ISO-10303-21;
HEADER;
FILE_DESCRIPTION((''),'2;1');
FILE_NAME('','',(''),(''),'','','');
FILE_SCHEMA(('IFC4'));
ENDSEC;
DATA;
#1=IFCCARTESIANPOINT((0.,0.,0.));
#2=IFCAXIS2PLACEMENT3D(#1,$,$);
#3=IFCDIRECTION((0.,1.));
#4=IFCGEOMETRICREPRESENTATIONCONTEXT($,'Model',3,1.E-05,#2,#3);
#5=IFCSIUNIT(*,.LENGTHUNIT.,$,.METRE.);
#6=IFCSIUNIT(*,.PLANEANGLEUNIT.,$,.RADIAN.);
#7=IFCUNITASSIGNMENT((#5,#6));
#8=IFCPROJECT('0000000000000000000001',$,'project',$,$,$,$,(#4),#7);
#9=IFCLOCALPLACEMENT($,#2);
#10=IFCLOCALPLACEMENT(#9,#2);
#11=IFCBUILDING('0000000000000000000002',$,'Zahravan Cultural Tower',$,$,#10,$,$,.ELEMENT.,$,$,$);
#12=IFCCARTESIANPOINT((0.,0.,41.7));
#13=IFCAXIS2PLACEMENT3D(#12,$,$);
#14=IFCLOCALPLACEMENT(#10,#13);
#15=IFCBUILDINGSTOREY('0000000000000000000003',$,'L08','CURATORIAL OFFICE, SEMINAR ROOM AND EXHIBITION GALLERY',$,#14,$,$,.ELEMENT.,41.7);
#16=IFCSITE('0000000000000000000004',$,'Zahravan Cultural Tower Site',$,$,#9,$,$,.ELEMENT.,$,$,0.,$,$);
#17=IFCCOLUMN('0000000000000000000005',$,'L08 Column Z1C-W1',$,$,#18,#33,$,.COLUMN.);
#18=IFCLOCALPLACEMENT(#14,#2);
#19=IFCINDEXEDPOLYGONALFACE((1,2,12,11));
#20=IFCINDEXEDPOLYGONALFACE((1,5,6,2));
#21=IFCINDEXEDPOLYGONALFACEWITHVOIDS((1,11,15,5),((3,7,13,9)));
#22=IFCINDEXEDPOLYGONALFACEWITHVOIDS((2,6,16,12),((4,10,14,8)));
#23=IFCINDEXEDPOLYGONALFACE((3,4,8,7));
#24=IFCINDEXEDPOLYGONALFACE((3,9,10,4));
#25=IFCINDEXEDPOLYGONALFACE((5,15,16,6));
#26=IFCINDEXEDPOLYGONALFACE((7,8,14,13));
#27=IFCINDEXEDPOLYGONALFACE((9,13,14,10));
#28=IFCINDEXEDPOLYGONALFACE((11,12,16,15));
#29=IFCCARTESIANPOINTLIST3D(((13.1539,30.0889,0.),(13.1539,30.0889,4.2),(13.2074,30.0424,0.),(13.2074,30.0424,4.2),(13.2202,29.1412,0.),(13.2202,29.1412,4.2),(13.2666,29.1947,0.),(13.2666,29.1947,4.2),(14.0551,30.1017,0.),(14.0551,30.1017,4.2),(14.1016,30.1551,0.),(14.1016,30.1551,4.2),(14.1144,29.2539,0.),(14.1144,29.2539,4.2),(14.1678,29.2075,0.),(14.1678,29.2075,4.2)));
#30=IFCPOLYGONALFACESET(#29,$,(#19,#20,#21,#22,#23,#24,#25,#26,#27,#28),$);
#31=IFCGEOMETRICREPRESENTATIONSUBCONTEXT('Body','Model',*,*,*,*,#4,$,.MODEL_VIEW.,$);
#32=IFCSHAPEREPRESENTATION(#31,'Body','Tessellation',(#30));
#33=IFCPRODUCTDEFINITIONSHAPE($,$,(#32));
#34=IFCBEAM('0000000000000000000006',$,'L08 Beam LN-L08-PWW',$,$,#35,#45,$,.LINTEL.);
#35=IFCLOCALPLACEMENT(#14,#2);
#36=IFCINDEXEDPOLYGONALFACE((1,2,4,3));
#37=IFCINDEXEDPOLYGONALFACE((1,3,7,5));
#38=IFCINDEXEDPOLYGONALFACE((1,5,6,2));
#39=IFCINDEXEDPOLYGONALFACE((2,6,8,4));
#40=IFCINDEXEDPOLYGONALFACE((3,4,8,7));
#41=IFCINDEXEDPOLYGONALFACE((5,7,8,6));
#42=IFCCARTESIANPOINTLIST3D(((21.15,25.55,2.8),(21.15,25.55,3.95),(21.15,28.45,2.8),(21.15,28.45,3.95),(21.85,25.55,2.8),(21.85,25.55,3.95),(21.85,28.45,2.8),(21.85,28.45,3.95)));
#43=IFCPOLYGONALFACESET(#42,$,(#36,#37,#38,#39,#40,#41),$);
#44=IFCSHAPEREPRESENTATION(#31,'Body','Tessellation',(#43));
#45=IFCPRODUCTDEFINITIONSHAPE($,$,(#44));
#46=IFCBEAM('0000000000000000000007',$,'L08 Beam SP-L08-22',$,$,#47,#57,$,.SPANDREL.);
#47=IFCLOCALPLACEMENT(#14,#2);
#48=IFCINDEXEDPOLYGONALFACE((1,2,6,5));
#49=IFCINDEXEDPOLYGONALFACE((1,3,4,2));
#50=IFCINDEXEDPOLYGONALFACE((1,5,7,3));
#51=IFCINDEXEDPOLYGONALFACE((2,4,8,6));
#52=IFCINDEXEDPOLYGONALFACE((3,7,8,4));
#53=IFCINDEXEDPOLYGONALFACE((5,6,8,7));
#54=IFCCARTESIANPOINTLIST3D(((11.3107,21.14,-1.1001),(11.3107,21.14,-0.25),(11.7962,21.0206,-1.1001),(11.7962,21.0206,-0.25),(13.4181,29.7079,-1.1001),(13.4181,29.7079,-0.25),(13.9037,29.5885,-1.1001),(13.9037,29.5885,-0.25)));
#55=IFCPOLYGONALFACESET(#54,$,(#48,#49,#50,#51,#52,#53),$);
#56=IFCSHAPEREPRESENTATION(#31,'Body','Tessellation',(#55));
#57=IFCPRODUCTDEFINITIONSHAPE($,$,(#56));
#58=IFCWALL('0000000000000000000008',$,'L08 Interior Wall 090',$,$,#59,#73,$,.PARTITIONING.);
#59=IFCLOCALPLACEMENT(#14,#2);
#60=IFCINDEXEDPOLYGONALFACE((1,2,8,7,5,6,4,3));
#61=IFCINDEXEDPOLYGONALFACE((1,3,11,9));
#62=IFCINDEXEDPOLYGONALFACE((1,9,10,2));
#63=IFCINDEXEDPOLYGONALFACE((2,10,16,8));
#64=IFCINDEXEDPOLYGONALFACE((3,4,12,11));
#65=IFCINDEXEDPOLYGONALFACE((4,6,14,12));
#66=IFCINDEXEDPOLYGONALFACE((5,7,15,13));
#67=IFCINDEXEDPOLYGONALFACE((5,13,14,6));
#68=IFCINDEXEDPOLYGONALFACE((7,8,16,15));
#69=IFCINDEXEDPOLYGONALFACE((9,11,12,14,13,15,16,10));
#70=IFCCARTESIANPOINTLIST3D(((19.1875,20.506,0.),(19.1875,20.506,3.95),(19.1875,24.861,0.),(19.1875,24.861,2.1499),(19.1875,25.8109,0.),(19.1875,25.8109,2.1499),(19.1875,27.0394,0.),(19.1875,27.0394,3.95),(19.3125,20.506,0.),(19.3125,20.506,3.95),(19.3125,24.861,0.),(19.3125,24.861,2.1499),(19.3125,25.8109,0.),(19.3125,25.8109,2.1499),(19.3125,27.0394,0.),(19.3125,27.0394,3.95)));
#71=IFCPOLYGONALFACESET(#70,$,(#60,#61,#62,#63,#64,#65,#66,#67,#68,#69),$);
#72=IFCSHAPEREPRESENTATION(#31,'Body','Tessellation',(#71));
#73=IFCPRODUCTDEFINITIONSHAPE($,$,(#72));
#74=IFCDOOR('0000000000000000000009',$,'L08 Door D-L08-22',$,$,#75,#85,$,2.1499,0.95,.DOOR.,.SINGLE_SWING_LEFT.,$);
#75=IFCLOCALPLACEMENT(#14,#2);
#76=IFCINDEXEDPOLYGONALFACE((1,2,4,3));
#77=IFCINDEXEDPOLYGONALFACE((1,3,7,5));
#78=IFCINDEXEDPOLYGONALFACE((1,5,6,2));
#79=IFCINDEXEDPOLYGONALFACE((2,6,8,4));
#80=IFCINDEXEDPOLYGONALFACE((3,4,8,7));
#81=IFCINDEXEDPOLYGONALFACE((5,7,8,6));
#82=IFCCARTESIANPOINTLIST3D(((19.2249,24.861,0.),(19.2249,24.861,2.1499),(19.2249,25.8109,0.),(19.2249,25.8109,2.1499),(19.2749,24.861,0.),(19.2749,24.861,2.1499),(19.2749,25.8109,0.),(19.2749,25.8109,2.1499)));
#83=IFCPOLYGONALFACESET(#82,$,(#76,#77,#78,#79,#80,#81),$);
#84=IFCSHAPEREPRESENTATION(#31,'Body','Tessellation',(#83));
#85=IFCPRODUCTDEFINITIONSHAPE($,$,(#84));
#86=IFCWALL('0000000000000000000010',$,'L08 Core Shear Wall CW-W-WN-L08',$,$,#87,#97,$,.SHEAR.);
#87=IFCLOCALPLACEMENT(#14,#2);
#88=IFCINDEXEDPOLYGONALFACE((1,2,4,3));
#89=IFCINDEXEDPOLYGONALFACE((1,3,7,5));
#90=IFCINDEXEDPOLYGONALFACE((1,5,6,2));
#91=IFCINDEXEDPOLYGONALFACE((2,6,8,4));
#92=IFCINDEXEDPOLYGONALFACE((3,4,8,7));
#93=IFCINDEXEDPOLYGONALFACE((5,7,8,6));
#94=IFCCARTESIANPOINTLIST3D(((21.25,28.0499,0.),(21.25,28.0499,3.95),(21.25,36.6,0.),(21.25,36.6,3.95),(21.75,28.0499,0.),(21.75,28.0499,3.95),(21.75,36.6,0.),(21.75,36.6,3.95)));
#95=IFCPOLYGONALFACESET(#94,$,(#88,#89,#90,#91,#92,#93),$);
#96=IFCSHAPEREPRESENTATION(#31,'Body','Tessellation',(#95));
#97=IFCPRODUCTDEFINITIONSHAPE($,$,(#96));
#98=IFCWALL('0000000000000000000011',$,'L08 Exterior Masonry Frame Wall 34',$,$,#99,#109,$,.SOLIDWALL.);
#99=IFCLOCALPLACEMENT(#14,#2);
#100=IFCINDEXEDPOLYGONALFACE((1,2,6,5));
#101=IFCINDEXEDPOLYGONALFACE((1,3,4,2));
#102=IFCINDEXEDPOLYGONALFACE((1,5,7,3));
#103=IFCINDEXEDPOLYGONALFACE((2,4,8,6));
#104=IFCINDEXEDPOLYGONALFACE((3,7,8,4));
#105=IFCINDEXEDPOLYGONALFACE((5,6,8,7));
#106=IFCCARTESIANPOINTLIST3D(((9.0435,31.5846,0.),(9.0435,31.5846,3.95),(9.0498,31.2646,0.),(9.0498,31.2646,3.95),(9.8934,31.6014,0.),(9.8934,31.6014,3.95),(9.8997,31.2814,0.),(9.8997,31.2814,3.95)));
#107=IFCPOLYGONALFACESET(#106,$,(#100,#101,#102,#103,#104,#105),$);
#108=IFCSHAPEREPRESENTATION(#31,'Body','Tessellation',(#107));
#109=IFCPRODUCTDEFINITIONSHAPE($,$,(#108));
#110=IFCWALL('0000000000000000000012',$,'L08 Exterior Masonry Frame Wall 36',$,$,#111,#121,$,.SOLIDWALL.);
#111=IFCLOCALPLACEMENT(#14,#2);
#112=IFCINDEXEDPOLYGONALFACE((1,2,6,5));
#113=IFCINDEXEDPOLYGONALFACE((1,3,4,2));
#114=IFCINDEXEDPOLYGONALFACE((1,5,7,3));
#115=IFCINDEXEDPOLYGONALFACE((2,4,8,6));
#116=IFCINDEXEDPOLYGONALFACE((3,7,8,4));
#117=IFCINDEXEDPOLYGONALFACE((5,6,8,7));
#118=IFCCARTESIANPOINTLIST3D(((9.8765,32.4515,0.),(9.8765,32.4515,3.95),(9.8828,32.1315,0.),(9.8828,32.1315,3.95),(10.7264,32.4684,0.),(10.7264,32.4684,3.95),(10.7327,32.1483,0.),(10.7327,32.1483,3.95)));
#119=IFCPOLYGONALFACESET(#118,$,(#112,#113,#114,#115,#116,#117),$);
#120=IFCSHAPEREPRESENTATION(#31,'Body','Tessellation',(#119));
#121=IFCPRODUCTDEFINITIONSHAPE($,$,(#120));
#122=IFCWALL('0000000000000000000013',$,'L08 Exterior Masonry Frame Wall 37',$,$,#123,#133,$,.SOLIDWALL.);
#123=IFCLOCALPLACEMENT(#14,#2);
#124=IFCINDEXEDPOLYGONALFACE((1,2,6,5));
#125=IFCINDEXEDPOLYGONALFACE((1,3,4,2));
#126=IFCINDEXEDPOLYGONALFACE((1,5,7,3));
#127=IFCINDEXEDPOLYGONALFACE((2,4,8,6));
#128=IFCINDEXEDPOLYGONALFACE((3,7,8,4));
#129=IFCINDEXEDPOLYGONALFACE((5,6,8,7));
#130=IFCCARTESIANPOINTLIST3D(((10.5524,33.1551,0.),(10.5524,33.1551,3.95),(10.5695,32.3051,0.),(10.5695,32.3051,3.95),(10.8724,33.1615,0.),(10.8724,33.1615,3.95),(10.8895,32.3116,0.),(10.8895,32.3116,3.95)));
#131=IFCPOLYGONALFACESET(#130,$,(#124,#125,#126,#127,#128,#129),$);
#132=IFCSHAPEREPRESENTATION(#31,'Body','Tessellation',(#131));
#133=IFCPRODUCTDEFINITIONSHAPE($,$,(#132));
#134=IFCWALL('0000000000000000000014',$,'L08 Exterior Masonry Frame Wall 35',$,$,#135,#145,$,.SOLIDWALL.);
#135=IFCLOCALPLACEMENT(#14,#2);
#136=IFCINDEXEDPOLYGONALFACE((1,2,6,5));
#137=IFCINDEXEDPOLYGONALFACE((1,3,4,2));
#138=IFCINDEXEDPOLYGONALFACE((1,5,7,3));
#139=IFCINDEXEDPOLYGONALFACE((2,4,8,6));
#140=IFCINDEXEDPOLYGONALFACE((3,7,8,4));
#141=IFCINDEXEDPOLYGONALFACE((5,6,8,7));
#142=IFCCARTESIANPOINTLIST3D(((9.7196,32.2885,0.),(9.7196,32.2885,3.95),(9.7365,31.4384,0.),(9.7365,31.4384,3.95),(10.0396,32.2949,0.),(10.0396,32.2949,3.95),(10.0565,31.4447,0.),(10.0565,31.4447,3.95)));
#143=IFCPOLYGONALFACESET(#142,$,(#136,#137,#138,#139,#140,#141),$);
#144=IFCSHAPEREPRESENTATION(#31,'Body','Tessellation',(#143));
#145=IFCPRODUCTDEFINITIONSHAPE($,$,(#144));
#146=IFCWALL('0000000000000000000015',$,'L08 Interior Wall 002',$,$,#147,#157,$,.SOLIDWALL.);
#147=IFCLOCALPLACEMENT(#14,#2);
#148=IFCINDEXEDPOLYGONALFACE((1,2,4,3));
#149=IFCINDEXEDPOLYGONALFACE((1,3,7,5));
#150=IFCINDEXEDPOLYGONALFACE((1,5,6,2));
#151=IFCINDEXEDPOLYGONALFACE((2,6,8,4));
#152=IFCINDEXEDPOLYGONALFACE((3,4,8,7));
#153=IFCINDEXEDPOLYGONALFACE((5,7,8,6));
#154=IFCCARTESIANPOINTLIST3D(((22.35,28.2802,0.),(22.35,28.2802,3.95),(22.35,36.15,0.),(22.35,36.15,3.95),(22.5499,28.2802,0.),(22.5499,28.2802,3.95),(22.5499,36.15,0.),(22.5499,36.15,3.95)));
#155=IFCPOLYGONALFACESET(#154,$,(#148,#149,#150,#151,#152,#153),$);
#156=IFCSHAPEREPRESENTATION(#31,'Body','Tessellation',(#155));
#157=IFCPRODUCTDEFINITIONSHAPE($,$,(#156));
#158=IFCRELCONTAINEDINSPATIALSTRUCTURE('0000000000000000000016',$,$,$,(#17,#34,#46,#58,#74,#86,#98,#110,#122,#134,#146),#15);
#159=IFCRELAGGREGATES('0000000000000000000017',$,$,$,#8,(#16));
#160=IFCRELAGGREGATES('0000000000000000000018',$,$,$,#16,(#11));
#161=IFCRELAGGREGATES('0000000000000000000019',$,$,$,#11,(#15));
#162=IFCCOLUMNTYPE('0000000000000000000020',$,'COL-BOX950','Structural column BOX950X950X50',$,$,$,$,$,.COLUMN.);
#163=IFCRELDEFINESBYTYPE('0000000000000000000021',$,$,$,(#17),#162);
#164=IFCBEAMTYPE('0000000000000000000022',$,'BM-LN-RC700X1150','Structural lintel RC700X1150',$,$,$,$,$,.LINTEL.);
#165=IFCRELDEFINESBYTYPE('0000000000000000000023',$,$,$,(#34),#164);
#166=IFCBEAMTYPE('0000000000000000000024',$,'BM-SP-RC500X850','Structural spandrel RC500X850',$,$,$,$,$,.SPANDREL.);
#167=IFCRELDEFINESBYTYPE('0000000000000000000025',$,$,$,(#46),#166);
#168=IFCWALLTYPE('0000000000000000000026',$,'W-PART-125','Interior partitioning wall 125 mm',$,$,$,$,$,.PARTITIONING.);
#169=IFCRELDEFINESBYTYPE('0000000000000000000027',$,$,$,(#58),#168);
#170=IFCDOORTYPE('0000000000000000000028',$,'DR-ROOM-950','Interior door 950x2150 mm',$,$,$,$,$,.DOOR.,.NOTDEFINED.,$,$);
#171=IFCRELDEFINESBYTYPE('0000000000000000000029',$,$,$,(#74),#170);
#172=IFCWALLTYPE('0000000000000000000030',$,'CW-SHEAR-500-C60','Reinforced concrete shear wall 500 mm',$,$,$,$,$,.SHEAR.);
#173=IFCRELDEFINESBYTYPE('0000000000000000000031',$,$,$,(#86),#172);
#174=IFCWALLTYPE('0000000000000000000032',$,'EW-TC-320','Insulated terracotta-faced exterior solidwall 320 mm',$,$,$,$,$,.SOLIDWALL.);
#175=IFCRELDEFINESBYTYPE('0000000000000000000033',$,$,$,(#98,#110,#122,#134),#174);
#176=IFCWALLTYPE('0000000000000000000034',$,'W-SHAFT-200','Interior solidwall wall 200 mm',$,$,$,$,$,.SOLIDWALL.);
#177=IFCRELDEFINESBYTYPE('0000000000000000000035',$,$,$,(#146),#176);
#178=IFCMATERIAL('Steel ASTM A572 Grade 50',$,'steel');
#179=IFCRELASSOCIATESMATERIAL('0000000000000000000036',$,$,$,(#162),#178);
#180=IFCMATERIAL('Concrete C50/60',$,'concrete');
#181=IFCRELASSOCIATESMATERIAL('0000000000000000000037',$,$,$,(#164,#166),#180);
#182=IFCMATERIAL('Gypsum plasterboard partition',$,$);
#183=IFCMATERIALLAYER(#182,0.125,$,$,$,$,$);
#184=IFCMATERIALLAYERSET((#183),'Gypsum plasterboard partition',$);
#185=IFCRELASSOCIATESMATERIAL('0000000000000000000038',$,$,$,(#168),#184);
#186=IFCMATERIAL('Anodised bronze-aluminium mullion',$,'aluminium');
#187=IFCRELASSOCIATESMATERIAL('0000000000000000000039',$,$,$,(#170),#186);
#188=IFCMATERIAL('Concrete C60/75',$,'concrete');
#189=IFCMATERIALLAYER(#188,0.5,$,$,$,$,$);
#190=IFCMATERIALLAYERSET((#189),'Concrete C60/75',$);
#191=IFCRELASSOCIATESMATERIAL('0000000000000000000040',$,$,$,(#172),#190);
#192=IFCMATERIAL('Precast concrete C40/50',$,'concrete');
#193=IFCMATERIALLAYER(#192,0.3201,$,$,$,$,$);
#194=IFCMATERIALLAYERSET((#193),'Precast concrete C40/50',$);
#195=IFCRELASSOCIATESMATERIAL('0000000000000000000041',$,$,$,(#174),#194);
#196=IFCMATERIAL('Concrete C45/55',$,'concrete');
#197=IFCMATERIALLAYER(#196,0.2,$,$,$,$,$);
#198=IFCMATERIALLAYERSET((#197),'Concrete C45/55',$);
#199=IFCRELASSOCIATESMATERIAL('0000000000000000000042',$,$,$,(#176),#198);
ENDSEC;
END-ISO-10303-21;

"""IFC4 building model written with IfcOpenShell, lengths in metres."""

from ifc_helpers import new_model, si_unit, direction, frame, frame_2d, origin, origin_2d, place, context, subcontext, project, spatial, rectangle, hollow_rectangle, extrude, source, transform, mapped, material, layer, layer_set, material_profile, profile_set, type_object, element, fill, save


model = new_model("IFC4")

# Units and contexts
model_context = context("Model", 3, precision=1e-05, world=origin(), true_north=direction((0.0, 1.0)))
body_context = subcontext(model_context, "Body", "Model", "MODEL_VIEW")
ifc_project = project(units=[si_unit("LENGTHUNIT", "METRE"), si_unit("PLANEANGLEUNIT", "RADIAN")], contexts=[model_context])

# Site, building, storey
site_placement = place(None, origin())
site = spatial("IfcSite", under=ifc_project, at=site_placement, Name="Zahravan Cultural Tower Site", CompositionType="ELEMENT", RefElevation=0.0)
building_placement = place(site_placement, origin())
building = spatial("IfcBuilding", under=site, at=building_placement, Name="Zahravan Cultural Tower", CompositionType="ELEMENT")
storey_placement = place(building_placement, frame((0.0, 0.0, 41.7)))
storey = spatial("IfcBuildingStorey", under=building, at=storey_placement, Name="L08", Description="CURATORIAL OFFICE, SEMINAR ROOM AND EXHIBITION GALLERY", CompositionType="ELEMENT", Elevation=41.7)

# Column
ifc_material_1 = material(Name="Steel ASTM A572 Grade 50", Category="steel")
ifc_material_profile_1 = material_profile(ifc_material_1, hollow_rectangle(XDim=0.95, YDim=0.95, WallThickness=0.05, at=origin_2d()), Name="BOX950X950X50")
ifc_profile_set_1 = profile_set([ifc_material_profile_1], Name="Steel ASTM A572 Grade 50")
column_type = type_object("IfcColumnType", Name="COL-BOX950", Description="Structural column BOX950X950X50", PredefinedType="COLUMN", material=ifc_profile_set_1)
shared_shape_1 = source(origin(), body_context, "Body", "SweptSolid", [
    extrude(hollow_rectangle(XDim=0.95, YDim=0.95, WallThickness=0.05, at=origin_2d()), origin(), (0.0, 0.0, 1.0), 4.2),
])
column_placement = place(storey_placement, frame((13.6609, 29.6482, 0.0), z_axis=(0.0, 0.0, 1.0), x_axis=(0.997564, 0.069756, 0.0)))
element("IfcColumn", 1, at=column_placement, inside=storey, type_object=column_type, Name="L08 Column Z1C-W1", PredefinedType="COLUMN", context=body_context, shape_type="MappedRepresentation", body=[
    mapped(shared_shape_1, transform((0.0, 0.0, 0.0), x_axis=(1.0, 0.0, 0.0), y_axis=(0.0, 1.0, 0.0), z_axis=(0.0, 0.0, 1.0), scale=1.0)),
])

# Beams
ifc_material_2 = material(Name="Concrete C50/60", Category="concrete")
ifc_material_profile_2 = material_profile(ifc_material_2, rectangle(XDim=0.7, YDim=1.1499, at=origin_2d()), Name="RC700X1150")
ifc_profile_set_2 = profile_set([ifc_material_profile_2], Name="Concrete C50/60")
beam_type_1 = type_object("IfcBeamType", Name="BM-LN-RC700X1150", Description="Structural lintel RC700X1150", PredefinedType="LINTEL", material=ifc_profile_set_2)
shared_shape_2 = source(origin(), body_context, "Body", "SweptSolid", [
    extrude(rectangle(XDim=0.7, YDim=1.1499, at=origin_2d()), origin(), (0.0, 0.0, 1.0), 2.8999),
])
beam_1_placement = place(storey_placement, frame((21.5, 25.55, 3.375), z_axis=(0.0, 1.0, 0.0), x_axis=(-1.0, 0.0, 0.0)))
element("IfcBeam", 2, at=beam_1_placement, inside=storey, type_object=beam_type_1, Name="L08 Beam LN-L08-PWW", PredefinedType="LINTEL", context=body_context, shape_type="MappedRepresentation", body=[
    mapped(shared_shape_2, transform((0.0, 0.0, 0.0), x_axis=(1.0, 0.0, 0.0), y_axis=(0.0, 1.0, 0.0), z_axis=(0.0, 0.0, 1.0), scale=1.0)),
])
ifc_material_profile_3 = material_profile(ifc_material_2, rectangle(XDim=0.5, YDim=0.8501, at=origin_2d()), Name="RC500X850")
ifc_profile_set_3 = profile_set([ifc_material_profile_3], Name="Concrete C50/60")
beam_type_2 = type_object("IfcBeamType", Name="BM-SP-RC500X850", Description="Structural spandrel RC500X850", PredefinedType="SPANDREL", material=ifc_profile_set_3)
shared_shape_3 = source(origin(), body_context, "Body", "SweptSolid", [
    extrude(rectangle(XDim=0.5, YDim=0.8501, at=origin_2d()), origin(), (0.0, 0.0, 1.0), 8.8232),
])
beam_2_placement = place(storey_placement, frame((13.6609, 29.6482, -0.675), z_axis=(-0.238849, -0.971057, 0.0), x_axis=(0.971057, -0.238849, 0.0)))
element("IfcBeam", 3, at=beam_2_placement, inside=storey, type_object=beam_type_2, Name="L08 Beam SP-L08-22", PredefinedType="SPANDREL", context=body_context, shape_type="MappedRepresentation", body=[
    mapped(shared_shape_3, transform((0.0, 0.0, 0.0), x_axis=(1.0, 0.0, 0.0), y_axis=(0.0, 1.0, 0.0), z_axis=(0.0, 0.0, 1.0), scale=1.0)),
])

# Wall, opening, door
ifc_material_3 = material(Name="Gypsum plasterboard partition")
ifc_layer_1 = layer(ifc_material_3, 0.125)
ifc_layer_set_1 = layer_set([ifc_layer_1], Name="Gypsum plasterboard partition")
wall_type_1 = type_object("IfcWallType", Name="W-PART-125", Description="Interior partitioning wall 125 mm", PredefinedType="PARTITIONING", material=ifc_layer_set_1)
wall_1_placement = place(storey_placement, frame((19.25, 27.0393, 0.0), z_axis=(0.0, 0.0, 1.0), x_axis=(0.0, -1.0, 0.0)))
wall_1 = element("IfcWall", 4, at=wall_1_placement, inside=storey, type_object=wall_type_1, Name="L08 Interior Wall 090", PredefinedType="PARTITIONING", context=body_context, shape_type="SweptSolid", body=[
    extrude(rectangle(XDim=6.5334, YDim=0.125, at=frame_2d((3.2666, 0.0))), origin(), (0.0, 0.0, 1.0), 3.95),
])
opening_placement = place(wall_1_placement, frame((1.2283, 0.0, 0.0)))
opening = element("IfcOpeningElement", 5, at=opening_placement, cuts=wall_1, PredefinedType="OPENING", context=body_context, shape_type="SweptSolid", body=[
    extrude(rectangle(XDim=0.95, YDim=2.1499, at=frame_2d((0.4751, 1.075))), frame((0.0, 0.0725, 0.0), z_axis=(0.0, -1.0, 0.0), x_axis=(1.0, 0.0, 0.0)), (0.0, 0.0, 1.0), 0.145),
])
ifc_material_4 = material(Name="Anodised bronze-aluminium mullion", Category="aluminium")
door_type = type_object("IfcDoorType", Name="DR-ROOM-950", Description="Interior door 950x2150 mm", OperationType="NOTDEFINED", PredefinedType="DOOR", material=ifc_material_4)
shared_shape_4 = source(origin(), body_context, "Body", "SweptSolid", [
    extrude(rectangle(XDim=0.95, YDim=2.1499, at=frame_2d((0.4751, 1.075))), frame((0.0, 0.0249, 0.0), z_axis=(0.0, -1.0, 0.0), x_axis=(1.0, 0.0, 0.0)), (0.0, 0.0, 1.0), 0.05),
])
door_placement = place(opening_placement, origin())
door = element("IfcDoor", 6, at=door_placement, inside=storey, type_object=door_type, Name="L08 Door D-L08-22", OperationType="SINGLE_SWING_LEFT", OverallHeight=2.1499, OverallWidth=0.95, PredefinedType="DOOR", context=body_context, shape_type="MappedRepresentation", body=[
    mapped(shared_shape_4, transform((0.0, 0.0, 0.0), x_axis=(1.0, 0.0, 0.0), y_axis=(0.0, 1.0, 0.0), z_axis=(0.0, 0.0, 1.0), scale=1.0)),
])
fill(opening, door)

# Walls
ifc_material_5 = material(Name="Concrete C60/75", Category="concrete")
ifc_layer_2 = layer(ifc_material_5, 0.5)
ifc_layer_set_2 = layer_set([ifc_layer_2], Name="Concrete C60/75")
wall_type_2 = type_object("IfcWallType", Name="CW-SHEAR-500-C60", Description="Reinforced concrete shear wall 500 mm", PredefinedType="SHEAR", material=ifc_layer_set_2)
shared_shape_5 = source(origin(), body_context, "Body", "SweptSolid", [
    extrude(rectangle(XDim=8.55, YDim=0.5, at=frame_2d((4.2749, 0.0))), origin(), (0.0, 0.0, 1.0), 3.95),
])
wall_2_placement = place(storey_placement, frame((21.5, 28.05, 0.0), z_axis=(0.0, 0.0, 1.0), x_axis=(0.0, 1.0, 0.0)))
element("IfcWall", 7, at=wall_2_placement, inside=storey, type_object=wall_type_2, Name="L08 Core Shear Wall CW-W-WN-L08", PredefinedType="SHEAR", context=body_context, shape_type="MappedRepresentation", body=[
    mapped(shared_shape_5, transform((0.0, 0.0, 0.0), x_axis=(1.0, 0.0, 0.0), y_axis=(0.0, 1.0, 0.0), z_axis=(0.0, 0.0, 1.0), scale=1.0)),
])
ifc_material_6 = material(Name="Precast concrete C40/50", Category="concrete")
ifc_layer_3 = layer(ifc_material_6, 0.3201)
ifc_layer_set_3 = layer_set([ifc_layer_3], Name="Precast concrete C40/50")
wall_type_3 = type_object("IfcWallType", Name="EW-TC-320", Description="Insulated terracotta-faced exterior solidwall 320 mm", PredefinedType="SOLIDWALL", material=ifc_layer_set_3)
shared_shape_6 = source(origin(), body_context, "Body", "SweptSolid", [
    extrude(rectangle(XDim=0.8501, YDim=0.3201, at=frame_2d((0.425, 0.0))), origin(), (0.0, 0.0, 1.0), 3.95),
])
for number, where, z_axis, x_axis, name in (
    (8, (9.0466, 31.4246, 0.0), (0.0, 0.0, 1.0), (0.999804, 0.019818, 0.0), "L08 Exterior Masonry Frame Wall 34"),
    (9, (9.8796, 32.2915, 0.0), (0.0, 0.0, 1.0), (0.999804, 0.019818, 0.0), "L08 Exterior Masonry Frame Wall 36"),
    (10, (10.7295, 32.3083, 0.0), (0.0, 0.0, 1.0), (-0.020105, 0.999798, 0.0), "L08 Exterior Masonry Frame Wall 37"),
):
    element("IfcWall", number, at=place(storey_placement, frame(where, z_axis=z_axis, x_axis=x_axis)), inside=storey, type_object=wall_type_3, Name=name, PredefinedType="SOLIDWALL", context=body_context, shape_type="MappedRepresentation", body=[
        mapped(shared_shape_6, transform((0.0, 0.0, 0.0), x_axis=(1.0, 0.0, 0.0), y_axis=(0.0, 1.0, 0.0), z_axis=(0.0, 0.0, 1.0), scale=1.0)),
    ])
shared_shape_7 = source(origin(), body_context, "Body", "SweptSolid", [
    extrude(rectangle(XDim=0.8503, YDim=0.3201, at=frame_2d((0.4253, 0.0))), origin(), (0.0, 0.0, 1.0), 3.95),
])
wall_3_placement = place(storey_placement, frame((9.8965, 31.4414, 0.0), z_axis=(0.0, 0.0, 1.0), x_axis=(-0.019812, 0.999804, 0.0)))
element("IfcWall", 11, at=wall_3_placement, inside=storey, type_object=wall_type_3, Name="L08 Exterior Masonry Frame Wall 35", PredefinedType="SOLIDWALL", context=body_context, shape_type="MappedRepresentation", body=[
    mapped(shared_shape_7, transform((0.0, 0.0, 0.0), x_axis=(1.0, 0.0, 0.0), y_axis=(0.0, 1.0, 0.0), z_axis=(0.0, 0.0, 1.0), scale=1.0)),
])
ifc_material_7 = material(Name="Concrete C45/55", Category="concrete")
ifc_layer_4 = layer(ifc_material_7, 0.2)
ifc_layer_set_4 = layer_set([ifc_layer_4], Name="Concrete C45/55")
wall_type_4 = type_object("IfcWallType", Name="W-SHAFT-200", Description="Interior solidwall wall 200 mm", PredefinedType="SOLIDWALL", material=ifc_layer_set_4)
shared_shape_8 = source(origin(), body_context, "Body", "SweptSolid", [
    extrude(rectangle(XDim=7.8699, YDim=0.2, at=frame_2d((3.9351, 0.0))), origin(), (0.0, 0.0, 1.0), 3.95),
])
wall_4_placement = place(storey_placement, frame((22.45, 28.28, 0.0), z_axis=(0.0, 0.0, 1.0), x_axis=(0.0, 1.0, 0.0)))
element("IfcWall", 12, at=wall_4_placement, inside=storey, type_object=wall_type_4, Name="L08 Interior Wall 002", PredefinedType="SOLIDWALL", context=body_context, shape_type="MappedRepresentation", body=[
    mapped(shared_shape_8, transform((0.0, 0.0, 0.0), x_axis=(1.0, 0.0, 0.0), y_axis=(0.0, 1.0, 0.0), z_axis=(0.0, 0.0, 1.0), scale=1.0)),
])

save(model, "model.ifc")
